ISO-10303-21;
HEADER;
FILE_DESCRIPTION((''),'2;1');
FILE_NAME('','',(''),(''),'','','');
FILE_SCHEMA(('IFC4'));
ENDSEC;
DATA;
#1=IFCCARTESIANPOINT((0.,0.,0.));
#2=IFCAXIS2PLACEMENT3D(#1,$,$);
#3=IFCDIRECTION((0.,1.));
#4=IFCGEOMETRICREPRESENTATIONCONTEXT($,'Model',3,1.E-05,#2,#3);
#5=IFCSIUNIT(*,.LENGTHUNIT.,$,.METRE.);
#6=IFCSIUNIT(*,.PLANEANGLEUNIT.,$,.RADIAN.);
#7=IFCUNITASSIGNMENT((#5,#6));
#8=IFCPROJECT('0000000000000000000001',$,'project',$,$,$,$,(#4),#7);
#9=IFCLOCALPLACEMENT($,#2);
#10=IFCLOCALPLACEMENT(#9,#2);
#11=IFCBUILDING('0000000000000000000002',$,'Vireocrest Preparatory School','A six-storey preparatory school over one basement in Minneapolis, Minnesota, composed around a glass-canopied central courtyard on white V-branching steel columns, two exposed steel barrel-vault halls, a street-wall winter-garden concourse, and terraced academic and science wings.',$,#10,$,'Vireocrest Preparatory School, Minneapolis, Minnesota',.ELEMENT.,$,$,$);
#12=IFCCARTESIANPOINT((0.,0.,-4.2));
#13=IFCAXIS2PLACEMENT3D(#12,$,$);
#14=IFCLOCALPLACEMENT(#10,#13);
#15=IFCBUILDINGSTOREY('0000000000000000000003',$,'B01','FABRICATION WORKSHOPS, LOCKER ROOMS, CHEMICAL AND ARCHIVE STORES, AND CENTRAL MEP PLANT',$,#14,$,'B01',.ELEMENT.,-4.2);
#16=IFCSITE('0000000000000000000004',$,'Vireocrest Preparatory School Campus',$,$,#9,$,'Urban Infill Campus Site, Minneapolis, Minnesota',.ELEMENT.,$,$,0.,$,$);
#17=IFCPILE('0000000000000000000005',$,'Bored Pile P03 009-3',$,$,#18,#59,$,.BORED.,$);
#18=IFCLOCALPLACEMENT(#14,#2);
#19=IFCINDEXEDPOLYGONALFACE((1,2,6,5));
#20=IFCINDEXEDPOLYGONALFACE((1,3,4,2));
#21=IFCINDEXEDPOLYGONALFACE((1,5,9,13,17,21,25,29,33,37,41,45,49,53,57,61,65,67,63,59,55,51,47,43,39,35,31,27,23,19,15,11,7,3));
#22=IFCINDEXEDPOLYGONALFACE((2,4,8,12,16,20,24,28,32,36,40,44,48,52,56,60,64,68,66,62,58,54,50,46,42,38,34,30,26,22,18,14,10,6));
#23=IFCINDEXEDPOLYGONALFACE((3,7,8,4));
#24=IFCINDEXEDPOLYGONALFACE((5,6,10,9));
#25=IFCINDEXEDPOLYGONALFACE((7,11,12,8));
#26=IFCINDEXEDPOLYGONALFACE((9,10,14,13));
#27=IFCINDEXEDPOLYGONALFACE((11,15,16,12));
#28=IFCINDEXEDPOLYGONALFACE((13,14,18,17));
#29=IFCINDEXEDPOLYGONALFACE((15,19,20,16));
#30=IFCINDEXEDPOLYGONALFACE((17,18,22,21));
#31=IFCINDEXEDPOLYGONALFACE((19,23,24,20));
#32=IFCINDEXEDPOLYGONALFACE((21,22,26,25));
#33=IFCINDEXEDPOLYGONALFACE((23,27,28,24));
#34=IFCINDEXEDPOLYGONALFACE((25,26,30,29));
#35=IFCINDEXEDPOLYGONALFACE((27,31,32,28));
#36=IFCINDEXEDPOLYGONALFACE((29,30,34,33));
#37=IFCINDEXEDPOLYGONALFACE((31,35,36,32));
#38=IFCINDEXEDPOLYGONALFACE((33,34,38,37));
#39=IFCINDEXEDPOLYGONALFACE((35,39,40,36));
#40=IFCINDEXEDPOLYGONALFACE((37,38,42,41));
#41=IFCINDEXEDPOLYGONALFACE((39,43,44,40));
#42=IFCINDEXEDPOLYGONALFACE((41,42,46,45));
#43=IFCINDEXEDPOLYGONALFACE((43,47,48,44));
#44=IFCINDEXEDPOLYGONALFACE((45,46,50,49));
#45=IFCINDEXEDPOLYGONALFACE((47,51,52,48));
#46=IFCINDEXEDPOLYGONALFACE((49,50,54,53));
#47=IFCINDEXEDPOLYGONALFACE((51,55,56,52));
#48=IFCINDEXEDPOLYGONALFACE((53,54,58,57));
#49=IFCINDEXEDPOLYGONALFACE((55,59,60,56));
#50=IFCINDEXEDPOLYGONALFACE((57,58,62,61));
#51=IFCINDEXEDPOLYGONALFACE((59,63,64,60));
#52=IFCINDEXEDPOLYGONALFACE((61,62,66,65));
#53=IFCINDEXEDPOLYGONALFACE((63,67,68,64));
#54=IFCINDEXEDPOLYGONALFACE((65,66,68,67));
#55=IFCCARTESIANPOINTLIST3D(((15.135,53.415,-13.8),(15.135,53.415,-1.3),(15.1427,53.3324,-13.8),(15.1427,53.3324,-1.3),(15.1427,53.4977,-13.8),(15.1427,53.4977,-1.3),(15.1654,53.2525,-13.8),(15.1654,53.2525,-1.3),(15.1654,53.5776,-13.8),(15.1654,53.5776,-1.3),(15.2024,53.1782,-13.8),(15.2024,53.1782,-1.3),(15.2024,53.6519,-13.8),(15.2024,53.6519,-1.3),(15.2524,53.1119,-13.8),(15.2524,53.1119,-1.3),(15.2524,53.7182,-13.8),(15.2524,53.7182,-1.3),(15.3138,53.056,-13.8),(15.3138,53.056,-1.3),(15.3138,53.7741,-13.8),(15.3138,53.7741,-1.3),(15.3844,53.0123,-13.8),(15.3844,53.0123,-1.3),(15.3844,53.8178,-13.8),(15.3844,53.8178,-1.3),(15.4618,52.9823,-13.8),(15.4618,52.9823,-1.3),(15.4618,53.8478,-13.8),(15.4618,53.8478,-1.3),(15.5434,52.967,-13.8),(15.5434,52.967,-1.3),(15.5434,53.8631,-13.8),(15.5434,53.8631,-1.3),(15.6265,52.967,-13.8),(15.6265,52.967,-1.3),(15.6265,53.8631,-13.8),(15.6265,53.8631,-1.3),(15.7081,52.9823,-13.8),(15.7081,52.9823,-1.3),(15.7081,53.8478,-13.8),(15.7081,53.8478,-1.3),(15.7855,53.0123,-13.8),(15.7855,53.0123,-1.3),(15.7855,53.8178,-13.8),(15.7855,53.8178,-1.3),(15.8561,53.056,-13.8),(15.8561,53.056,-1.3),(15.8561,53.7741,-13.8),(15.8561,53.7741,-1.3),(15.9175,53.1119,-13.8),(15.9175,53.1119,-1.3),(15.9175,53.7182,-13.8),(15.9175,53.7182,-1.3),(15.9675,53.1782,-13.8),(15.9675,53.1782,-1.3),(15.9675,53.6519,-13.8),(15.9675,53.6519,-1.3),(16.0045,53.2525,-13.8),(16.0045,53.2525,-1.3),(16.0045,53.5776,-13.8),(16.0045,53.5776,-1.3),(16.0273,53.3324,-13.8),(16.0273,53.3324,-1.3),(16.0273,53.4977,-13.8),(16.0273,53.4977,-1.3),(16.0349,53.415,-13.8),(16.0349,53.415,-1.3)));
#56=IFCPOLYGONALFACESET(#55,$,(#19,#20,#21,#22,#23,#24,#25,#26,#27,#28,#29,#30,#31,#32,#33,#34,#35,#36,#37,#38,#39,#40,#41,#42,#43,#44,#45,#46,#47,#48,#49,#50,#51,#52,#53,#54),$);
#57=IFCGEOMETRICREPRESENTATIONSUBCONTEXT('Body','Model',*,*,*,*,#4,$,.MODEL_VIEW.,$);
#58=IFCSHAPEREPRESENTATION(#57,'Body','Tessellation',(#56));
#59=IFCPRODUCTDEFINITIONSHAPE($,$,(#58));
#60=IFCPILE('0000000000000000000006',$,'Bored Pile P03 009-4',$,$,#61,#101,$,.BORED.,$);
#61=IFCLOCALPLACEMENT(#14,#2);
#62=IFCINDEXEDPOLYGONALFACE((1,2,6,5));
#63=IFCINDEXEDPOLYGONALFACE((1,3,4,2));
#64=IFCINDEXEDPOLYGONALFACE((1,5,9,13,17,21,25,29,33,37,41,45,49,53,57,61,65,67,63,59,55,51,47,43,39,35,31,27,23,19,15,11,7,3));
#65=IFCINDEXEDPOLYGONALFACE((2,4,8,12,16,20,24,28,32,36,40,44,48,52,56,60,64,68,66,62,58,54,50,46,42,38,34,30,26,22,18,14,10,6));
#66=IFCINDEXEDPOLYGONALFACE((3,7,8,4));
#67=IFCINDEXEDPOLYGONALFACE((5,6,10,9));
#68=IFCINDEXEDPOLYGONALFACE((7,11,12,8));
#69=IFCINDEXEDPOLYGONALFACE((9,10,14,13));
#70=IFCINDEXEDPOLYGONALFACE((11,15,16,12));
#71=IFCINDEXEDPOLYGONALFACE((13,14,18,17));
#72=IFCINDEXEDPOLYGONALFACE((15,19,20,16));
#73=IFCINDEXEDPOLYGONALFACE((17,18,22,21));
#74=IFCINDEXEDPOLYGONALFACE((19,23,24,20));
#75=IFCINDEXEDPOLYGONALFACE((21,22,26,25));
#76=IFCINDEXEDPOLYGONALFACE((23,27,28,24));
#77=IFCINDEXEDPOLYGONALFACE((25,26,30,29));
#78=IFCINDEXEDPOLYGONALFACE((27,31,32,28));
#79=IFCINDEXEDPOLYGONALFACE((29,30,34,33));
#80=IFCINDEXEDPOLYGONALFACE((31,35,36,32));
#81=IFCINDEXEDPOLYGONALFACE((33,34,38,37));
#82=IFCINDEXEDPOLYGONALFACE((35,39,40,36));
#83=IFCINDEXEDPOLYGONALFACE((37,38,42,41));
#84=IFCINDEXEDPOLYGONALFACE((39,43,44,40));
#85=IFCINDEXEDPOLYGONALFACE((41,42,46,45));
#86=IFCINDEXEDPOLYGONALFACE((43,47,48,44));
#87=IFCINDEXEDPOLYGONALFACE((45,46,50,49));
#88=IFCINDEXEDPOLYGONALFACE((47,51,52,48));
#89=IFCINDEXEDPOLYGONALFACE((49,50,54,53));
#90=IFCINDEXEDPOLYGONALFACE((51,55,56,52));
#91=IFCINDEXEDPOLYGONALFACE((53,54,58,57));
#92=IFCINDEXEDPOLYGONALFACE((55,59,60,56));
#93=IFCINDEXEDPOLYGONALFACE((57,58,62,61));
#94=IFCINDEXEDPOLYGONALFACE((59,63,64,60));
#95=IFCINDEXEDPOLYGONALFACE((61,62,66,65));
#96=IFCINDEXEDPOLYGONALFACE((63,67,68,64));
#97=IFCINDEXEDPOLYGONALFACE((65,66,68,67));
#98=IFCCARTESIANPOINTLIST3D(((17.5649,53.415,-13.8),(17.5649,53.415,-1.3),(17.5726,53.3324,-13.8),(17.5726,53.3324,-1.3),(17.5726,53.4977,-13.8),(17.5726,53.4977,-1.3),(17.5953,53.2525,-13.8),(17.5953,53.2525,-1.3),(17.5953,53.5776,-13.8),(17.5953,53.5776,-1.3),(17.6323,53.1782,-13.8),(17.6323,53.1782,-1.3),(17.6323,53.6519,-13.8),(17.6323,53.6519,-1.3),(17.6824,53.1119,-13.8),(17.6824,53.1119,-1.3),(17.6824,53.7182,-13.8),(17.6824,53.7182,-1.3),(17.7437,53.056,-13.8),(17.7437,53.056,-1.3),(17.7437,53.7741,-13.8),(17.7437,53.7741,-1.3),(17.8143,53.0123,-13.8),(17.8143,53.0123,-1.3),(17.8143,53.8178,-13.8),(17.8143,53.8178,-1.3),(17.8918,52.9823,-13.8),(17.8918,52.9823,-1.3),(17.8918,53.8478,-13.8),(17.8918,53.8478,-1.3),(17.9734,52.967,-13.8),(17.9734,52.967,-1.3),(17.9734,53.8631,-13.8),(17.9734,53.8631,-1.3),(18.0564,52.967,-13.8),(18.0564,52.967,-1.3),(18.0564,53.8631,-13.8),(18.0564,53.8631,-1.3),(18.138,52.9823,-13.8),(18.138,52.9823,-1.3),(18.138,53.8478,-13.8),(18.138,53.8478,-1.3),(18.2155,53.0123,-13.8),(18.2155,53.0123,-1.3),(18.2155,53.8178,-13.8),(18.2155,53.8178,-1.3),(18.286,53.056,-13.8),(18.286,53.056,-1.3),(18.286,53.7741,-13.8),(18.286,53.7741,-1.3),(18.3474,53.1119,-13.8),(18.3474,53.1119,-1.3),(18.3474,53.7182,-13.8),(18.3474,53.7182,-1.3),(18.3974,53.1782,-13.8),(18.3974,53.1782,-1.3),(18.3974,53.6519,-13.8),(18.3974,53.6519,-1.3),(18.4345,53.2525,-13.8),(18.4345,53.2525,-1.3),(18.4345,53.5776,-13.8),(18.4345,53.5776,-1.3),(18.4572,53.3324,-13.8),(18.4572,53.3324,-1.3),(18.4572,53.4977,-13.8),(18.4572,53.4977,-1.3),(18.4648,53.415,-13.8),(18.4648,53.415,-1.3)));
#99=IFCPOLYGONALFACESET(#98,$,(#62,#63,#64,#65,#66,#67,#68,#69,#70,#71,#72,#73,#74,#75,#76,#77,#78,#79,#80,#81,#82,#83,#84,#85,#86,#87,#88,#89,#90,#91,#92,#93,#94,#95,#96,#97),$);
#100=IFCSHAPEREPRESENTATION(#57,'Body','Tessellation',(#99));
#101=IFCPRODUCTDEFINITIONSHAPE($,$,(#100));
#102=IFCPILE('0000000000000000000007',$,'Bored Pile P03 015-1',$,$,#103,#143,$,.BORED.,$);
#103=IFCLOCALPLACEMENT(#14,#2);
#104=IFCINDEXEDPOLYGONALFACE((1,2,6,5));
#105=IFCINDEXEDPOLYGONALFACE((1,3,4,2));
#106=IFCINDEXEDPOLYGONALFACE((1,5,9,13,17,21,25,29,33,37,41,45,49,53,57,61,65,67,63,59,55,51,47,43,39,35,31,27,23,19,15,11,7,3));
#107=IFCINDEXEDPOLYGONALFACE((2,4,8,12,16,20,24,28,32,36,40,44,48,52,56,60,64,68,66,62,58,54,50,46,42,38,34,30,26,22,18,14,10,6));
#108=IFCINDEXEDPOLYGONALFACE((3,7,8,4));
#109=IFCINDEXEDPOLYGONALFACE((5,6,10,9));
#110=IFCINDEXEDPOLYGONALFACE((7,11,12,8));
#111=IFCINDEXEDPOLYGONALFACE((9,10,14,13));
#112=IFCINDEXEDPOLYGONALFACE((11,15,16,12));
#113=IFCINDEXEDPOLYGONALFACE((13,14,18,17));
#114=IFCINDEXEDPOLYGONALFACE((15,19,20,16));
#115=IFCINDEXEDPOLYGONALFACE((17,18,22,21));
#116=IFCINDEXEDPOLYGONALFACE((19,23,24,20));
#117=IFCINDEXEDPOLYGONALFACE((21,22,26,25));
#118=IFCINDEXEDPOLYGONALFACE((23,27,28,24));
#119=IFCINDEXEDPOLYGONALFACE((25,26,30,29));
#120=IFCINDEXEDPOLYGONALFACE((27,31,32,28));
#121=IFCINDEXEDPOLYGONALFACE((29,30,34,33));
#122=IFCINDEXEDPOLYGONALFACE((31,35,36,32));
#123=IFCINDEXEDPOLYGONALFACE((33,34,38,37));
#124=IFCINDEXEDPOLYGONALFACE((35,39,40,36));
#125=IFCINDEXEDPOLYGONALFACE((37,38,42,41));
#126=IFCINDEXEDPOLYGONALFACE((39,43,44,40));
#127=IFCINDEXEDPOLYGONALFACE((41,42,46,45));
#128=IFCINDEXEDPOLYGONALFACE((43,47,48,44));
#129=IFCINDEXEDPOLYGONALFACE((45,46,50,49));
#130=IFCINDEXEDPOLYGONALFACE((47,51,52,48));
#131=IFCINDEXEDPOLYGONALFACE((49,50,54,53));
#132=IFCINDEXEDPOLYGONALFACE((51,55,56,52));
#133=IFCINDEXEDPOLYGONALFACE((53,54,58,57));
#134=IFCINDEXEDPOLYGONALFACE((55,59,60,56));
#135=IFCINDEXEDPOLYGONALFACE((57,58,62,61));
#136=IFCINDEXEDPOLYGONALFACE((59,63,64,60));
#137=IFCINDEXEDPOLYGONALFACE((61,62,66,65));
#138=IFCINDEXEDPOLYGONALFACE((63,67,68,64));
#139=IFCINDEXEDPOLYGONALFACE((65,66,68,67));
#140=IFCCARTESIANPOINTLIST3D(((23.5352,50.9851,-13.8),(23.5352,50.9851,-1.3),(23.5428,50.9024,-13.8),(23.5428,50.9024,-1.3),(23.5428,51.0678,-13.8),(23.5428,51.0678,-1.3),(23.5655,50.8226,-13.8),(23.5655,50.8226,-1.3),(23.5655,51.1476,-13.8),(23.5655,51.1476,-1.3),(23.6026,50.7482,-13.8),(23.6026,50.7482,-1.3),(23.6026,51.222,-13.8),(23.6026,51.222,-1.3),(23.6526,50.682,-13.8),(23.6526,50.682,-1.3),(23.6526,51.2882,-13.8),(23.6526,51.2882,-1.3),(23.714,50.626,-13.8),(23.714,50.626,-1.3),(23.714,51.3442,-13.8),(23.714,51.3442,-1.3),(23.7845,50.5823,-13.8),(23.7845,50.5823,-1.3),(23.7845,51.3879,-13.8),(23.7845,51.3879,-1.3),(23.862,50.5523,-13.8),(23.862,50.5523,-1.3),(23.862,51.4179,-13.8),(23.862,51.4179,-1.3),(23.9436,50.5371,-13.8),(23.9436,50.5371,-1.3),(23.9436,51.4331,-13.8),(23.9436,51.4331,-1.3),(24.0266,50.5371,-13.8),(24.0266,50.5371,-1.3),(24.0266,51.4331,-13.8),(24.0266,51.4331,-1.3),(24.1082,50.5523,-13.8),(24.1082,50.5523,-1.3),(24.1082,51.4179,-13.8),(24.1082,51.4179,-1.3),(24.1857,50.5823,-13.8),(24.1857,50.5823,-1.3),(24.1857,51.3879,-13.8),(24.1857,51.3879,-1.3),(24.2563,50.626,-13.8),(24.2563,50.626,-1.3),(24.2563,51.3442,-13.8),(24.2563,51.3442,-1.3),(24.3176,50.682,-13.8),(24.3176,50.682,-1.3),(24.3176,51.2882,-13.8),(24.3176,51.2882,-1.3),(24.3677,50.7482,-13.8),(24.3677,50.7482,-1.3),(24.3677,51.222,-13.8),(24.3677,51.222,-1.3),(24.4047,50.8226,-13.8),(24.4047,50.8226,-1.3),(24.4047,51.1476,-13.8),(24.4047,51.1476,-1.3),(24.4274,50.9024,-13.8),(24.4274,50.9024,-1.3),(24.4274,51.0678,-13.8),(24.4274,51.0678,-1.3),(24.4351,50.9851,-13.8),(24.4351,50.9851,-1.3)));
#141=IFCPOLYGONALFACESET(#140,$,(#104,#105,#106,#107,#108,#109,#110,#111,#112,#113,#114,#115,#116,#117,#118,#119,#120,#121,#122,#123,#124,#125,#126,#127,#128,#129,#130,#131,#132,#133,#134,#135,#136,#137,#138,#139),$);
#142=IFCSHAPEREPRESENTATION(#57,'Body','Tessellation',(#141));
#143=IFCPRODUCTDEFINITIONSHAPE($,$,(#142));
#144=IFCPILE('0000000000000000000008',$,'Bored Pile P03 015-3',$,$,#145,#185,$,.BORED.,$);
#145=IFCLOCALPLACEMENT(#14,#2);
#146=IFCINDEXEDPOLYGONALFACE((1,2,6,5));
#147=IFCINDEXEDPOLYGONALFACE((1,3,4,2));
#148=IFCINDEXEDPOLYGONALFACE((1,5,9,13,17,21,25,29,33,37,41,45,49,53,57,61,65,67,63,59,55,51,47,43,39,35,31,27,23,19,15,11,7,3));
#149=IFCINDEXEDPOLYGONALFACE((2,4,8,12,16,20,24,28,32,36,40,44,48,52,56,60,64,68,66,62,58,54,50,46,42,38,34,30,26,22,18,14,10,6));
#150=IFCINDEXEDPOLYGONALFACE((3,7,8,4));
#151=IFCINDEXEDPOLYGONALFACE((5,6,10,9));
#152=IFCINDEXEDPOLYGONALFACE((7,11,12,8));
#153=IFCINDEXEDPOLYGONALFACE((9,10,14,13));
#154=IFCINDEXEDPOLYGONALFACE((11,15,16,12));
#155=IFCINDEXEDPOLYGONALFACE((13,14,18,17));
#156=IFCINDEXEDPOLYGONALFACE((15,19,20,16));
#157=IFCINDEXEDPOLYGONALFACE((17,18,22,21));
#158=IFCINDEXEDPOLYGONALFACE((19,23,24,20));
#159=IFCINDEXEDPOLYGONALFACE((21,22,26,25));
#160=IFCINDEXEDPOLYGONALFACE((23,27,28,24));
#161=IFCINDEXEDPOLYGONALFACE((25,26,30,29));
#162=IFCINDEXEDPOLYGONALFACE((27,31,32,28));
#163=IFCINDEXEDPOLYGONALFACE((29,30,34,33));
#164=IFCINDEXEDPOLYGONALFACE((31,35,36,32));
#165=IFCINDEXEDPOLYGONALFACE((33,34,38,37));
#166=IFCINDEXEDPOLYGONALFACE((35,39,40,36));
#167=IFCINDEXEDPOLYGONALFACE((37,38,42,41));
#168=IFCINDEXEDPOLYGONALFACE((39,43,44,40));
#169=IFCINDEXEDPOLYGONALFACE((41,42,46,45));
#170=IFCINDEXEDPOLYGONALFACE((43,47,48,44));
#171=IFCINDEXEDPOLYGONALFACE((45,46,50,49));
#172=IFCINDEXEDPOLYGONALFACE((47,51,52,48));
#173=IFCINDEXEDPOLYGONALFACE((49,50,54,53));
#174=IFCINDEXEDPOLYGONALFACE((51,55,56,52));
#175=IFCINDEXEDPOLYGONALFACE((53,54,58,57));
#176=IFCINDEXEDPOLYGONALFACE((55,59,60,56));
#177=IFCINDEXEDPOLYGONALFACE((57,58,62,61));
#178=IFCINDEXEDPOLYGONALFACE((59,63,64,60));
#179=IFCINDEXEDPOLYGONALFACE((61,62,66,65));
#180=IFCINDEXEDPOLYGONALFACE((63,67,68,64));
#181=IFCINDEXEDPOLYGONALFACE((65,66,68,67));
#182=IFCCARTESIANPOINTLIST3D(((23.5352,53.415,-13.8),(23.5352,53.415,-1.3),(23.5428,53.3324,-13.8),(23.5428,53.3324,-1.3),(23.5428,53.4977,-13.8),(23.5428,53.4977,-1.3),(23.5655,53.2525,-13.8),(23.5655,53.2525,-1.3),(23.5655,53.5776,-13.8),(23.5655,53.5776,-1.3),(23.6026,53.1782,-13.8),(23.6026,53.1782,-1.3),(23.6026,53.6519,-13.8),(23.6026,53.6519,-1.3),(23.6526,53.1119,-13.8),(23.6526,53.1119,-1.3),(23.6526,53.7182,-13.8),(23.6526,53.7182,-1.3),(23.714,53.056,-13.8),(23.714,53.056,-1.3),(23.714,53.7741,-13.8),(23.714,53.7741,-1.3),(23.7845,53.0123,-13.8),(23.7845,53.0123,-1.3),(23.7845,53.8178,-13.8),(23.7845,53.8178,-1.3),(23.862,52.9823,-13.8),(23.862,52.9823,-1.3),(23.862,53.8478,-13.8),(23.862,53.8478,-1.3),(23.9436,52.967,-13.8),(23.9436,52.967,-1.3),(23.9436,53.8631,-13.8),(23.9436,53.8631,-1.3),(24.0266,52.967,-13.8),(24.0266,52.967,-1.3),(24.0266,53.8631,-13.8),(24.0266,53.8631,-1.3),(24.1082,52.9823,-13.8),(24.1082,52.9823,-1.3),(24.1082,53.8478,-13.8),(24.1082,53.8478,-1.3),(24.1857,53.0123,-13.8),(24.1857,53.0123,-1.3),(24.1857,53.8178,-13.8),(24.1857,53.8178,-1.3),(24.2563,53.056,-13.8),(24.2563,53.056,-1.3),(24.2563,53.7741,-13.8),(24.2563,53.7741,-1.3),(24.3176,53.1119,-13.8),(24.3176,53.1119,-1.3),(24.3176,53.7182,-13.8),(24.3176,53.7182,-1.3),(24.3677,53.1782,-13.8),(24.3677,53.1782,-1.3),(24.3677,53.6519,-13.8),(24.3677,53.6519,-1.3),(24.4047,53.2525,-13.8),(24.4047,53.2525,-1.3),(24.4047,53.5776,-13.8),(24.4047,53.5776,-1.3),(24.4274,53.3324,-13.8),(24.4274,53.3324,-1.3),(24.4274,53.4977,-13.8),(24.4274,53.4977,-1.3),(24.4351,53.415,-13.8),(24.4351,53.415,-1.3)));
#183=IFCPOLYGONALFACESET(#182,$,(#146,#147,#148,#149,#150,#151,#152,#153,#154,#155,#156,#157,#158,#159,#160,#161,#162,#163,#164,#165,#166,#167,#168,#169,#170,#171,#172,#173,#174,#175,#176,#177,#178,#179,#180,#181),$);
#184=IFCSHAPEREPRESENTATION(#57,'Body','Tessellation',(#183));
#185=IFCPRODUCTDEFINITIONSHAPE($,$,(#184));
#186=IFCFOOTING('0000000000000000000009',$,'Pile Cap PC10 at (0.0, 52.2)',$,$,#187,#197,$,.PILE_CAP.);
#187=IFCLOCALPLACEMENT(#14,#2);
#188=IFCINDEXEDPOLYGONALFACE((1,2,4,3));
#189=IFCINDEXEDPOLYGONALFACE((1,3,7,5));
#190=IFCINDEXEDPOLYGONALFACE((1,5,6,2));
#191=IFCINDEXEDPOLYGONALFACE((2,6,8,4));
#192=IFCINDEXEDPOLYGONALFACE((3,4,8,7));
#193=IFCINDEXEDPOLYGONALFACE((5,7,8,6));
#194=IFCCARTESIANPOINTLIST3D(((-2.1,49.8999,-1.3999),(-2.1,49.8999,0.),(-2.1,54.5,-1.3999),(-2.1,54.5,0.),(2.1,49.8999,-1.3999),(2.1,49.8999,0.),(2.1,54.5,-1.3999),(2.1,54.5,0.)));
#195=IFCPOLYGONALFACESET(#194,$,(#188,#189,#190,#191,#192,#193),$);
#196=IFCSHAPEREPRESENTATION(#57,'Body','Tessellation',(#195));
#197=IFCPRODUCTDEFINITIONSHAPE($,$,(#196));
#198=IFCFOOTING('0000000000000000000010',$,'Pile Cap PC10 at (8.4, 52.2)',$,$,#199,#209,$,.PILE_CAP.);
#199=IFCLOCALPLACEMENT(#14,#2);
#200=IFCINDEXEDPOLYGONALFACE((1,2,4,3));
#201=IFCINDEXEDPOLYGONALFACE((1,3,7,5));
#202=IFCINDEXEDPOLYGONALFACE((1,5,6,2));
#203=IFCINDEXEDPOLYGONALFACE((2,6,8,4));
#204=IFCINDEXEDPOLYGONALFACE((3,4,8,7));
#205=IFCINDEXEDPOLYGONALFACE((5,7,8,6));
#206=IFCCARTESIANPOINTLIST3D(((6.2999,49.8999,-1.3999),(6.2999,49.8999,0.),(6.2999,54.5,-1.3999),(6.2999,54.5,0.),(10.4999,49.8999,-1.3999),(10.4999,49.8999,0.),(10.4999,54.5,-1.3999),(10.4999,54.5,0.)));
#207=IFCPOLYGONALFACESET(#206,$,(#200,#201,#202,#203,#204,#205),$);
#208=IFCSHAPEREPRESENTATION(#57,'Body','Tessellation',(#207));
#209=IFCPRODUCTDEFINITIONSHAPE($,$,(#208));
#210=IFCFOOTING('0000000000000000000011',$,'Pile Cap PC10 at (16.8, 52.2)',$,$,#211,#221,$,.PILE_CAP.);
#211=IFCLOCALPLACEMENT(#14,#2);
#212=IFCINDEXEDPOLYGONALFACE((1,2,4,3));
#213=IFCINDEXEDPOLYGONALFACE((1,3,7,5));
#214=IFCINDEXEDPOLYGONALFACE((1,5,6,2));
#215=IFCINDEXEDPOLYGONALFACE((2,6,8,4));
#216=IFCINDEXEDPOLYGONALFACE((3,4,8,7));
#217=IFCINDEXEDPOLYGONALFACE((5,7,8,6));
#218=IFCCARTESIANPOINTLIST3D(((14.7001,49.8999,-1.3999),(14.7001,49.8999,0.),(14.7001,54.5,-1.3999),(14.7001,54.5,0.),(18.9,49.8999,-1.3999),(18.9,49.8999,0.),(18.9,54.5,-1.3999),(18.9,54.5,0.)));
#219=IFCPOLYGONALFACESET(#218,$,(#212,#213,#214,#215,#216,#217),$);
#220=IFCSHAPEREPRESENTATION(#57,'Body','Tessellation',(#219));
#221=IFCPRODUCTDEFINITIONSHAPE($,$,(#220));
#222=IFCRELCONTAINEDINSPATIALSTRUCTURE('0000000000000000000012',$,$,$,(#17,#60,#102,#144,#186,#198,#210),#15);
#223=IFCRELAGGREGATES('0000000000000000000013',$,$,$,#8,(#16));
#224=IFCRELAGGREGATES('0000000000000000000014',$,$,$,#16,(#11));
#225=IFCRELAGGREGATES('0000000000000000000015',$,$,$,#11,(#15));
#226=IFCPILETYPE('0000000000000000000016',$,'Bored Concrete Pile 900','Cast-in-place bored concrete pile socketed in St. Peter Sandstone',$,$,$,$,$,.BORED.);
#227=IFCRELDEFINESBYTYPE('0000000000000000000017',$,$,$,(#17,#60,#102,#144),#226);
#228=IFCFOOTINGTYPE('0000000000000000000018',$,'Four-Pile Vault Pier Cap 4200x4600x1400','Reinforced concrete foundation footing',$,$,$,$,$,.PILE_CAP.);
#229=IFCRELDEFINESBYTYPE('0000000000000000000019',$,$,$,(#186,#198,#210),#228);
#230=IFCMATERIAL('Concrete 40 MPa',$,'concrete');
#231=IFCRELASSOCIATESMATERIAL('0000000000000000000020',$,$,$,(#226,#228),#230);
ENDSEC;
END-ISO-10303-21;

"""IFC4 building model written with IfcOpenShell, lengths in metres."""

from ifc_helpers import new_model, si_unit, direction, frame, origin, origin_2d, place, context, subcontext, project, spatial, rectangle, circle, extrude, material, material_profile, profile_set, type_object, element, save


model = new_model("IFC4")

# Units and contexts
model_context = context("Model", 3, precision=1e-05, world=origin(), true_north=direction((0.0, 1.0)))
body_context = subcontext(model_context, "Body", "Model", "MODEL_VIEW")
ifc_project = project(units=[si_unit("LENGTHUNIT", "METRE"), si_unit("PLANEANGLEUNIT", "RADIAN")], contexts=[model_context])

# Site, building, storey
site_placement = place(None, origin())
site = spatial("IfcSite", under=ifc_project, at=site_placement, Name="Vireocrest Preparatory School Campus", LongName="Urban Infill Campus Site, Minneapolis, Minnesota", CompositionType="ELEMENT", RefElevation=0.0)
building_placement = place(site_placement, origin())
building = spatial("IfcBuilding", under=site, at=building_placement, Name="Vireocrest Preparatory School", Description="A six-storey preparatory school over one basement in Minneapolis, Minnesota, composed around a glass-canopied central courtyard on white V-branching steel columns, two exposed steel barrel-vault halls, a street-wall winter-garden concourse, and terraced academic and science wings.", LongName="Vireocrest Preparatory School, Minneapolis, Minnesota", CompositionType="ELEMENT")
storey_placement = place(building_placement, frame((0.0, 0.0, -4.2)))
storey = spatial("IfcBuildingStorey", under=building, at=storey_placement, Name="B01", Description="FABRICATION WORKSHOPS, LOCKER ROOMS, CHEMICAL AND ARCHIVE STORES, AND CENTRAL MEP PLANT", LongName="B01", CompositionType="ELEMENT", Elevation=-4.2)

# Piles
ifc_material_1 = material(Name="Concrete 40 MPa", Category="concrete")
ifc_material_profile_1 = material_profile(ifc_material_1, circle(Radius=0.45, at=origin_2d()), Name="BORED PILE 900")
ifc_profile_set_1 = profile_set([ifc_material_profile_1], Name="Concrete 40 MPa")
pile_type = type_object("IfcPileType", Name="Bored Concrete Pile 900", Description="Cast-in-place bored concrete pile socketed in St. Peter Sandstone", PredefinedType="BORED", material=ifc_profile_set_1)
for number, where, z_axis, x_axis, name in (
    (1, (15.585, 53.415, -1.3), (0.0, 0.0, -1.0), (1.0, 0.0, 0.0), "Bored Pile P03 009-3"),
    (2, (18.0149, 53.415, -1.3), (0.0, 0.0, -1.0), (1.0, 0.0, 0.0), "Bored Pile P03 009-4"),
    (3, (23.9851, 50.9851, -1.3), (0.0, 0.0, -1.0), (1.0, 0.0, 0.0), "Bored Pile P03 015-1"),
    (4, (23.9851, 53.415, -1.3), (0.0, 0.0, -1.0), (1.0, 0.0, 0.0), "Bored Pile P03 015-3"),
):
    element("IfcPile", number, at=place(storey_placement, frame(where, z_axis=z_axis, x_axis=x_axis)), inside=storey, type_object=pile_type, Name=name, PredefinedType="BORED", context=body_context, shape_type="SweptSolid", body=[
        extrude(circle(Radius=0.45, at=origin_2d()), origin(), (0.0, 0.0, 1.0), 12.5),
    ])

# Footings
footing_type_1 = type_object("IfcFootingType", Name="Four-Pile Vault Pier Cap 4200x4600x1400", Description="Reinforced concrete foundation footing", PredefinedType="PILE_CAP", material=ifc_material_1)
for number, where, z_axis, x_axis, name in (
    (5, (0.0, 52.2, -1.3999), (0.0, 0.0, 1.0), (1.0, 0.0, 0.0), "Pile Cap PC10 at (0.0, 52.2)"),
    (6, (8.3999, 52.2, -1.3999), (0.0, 0.0, 1.0), (1.0, 0.0, 0.0), "Pile Cap PC10 at (8.4, 52.2)"),
    (7, (16.8, 52.2, -1.3999), (0.0, 0.0, 1.0), (1.0, 0.0, 0.0), "Pile Cap PC10 at (16.8, 52.2)"),
):
    element("IfcFooting", number, at=place(storey_placement, frame(where, z_axis=z_axis, x_axis=x_axis)), inside=storey, type_object=footing_type_1, Name=name, PredefinedType="PILE_CAP", context=body_context, shape_type="SweptSolid", body=[
        extrude(rectangle(XDim=4.2, YDim=4.6001, at=origin_2d()), origin(), (0.0, 0.0, 1.0), 1.3999),
    ])

save(model, "model.ifc")
